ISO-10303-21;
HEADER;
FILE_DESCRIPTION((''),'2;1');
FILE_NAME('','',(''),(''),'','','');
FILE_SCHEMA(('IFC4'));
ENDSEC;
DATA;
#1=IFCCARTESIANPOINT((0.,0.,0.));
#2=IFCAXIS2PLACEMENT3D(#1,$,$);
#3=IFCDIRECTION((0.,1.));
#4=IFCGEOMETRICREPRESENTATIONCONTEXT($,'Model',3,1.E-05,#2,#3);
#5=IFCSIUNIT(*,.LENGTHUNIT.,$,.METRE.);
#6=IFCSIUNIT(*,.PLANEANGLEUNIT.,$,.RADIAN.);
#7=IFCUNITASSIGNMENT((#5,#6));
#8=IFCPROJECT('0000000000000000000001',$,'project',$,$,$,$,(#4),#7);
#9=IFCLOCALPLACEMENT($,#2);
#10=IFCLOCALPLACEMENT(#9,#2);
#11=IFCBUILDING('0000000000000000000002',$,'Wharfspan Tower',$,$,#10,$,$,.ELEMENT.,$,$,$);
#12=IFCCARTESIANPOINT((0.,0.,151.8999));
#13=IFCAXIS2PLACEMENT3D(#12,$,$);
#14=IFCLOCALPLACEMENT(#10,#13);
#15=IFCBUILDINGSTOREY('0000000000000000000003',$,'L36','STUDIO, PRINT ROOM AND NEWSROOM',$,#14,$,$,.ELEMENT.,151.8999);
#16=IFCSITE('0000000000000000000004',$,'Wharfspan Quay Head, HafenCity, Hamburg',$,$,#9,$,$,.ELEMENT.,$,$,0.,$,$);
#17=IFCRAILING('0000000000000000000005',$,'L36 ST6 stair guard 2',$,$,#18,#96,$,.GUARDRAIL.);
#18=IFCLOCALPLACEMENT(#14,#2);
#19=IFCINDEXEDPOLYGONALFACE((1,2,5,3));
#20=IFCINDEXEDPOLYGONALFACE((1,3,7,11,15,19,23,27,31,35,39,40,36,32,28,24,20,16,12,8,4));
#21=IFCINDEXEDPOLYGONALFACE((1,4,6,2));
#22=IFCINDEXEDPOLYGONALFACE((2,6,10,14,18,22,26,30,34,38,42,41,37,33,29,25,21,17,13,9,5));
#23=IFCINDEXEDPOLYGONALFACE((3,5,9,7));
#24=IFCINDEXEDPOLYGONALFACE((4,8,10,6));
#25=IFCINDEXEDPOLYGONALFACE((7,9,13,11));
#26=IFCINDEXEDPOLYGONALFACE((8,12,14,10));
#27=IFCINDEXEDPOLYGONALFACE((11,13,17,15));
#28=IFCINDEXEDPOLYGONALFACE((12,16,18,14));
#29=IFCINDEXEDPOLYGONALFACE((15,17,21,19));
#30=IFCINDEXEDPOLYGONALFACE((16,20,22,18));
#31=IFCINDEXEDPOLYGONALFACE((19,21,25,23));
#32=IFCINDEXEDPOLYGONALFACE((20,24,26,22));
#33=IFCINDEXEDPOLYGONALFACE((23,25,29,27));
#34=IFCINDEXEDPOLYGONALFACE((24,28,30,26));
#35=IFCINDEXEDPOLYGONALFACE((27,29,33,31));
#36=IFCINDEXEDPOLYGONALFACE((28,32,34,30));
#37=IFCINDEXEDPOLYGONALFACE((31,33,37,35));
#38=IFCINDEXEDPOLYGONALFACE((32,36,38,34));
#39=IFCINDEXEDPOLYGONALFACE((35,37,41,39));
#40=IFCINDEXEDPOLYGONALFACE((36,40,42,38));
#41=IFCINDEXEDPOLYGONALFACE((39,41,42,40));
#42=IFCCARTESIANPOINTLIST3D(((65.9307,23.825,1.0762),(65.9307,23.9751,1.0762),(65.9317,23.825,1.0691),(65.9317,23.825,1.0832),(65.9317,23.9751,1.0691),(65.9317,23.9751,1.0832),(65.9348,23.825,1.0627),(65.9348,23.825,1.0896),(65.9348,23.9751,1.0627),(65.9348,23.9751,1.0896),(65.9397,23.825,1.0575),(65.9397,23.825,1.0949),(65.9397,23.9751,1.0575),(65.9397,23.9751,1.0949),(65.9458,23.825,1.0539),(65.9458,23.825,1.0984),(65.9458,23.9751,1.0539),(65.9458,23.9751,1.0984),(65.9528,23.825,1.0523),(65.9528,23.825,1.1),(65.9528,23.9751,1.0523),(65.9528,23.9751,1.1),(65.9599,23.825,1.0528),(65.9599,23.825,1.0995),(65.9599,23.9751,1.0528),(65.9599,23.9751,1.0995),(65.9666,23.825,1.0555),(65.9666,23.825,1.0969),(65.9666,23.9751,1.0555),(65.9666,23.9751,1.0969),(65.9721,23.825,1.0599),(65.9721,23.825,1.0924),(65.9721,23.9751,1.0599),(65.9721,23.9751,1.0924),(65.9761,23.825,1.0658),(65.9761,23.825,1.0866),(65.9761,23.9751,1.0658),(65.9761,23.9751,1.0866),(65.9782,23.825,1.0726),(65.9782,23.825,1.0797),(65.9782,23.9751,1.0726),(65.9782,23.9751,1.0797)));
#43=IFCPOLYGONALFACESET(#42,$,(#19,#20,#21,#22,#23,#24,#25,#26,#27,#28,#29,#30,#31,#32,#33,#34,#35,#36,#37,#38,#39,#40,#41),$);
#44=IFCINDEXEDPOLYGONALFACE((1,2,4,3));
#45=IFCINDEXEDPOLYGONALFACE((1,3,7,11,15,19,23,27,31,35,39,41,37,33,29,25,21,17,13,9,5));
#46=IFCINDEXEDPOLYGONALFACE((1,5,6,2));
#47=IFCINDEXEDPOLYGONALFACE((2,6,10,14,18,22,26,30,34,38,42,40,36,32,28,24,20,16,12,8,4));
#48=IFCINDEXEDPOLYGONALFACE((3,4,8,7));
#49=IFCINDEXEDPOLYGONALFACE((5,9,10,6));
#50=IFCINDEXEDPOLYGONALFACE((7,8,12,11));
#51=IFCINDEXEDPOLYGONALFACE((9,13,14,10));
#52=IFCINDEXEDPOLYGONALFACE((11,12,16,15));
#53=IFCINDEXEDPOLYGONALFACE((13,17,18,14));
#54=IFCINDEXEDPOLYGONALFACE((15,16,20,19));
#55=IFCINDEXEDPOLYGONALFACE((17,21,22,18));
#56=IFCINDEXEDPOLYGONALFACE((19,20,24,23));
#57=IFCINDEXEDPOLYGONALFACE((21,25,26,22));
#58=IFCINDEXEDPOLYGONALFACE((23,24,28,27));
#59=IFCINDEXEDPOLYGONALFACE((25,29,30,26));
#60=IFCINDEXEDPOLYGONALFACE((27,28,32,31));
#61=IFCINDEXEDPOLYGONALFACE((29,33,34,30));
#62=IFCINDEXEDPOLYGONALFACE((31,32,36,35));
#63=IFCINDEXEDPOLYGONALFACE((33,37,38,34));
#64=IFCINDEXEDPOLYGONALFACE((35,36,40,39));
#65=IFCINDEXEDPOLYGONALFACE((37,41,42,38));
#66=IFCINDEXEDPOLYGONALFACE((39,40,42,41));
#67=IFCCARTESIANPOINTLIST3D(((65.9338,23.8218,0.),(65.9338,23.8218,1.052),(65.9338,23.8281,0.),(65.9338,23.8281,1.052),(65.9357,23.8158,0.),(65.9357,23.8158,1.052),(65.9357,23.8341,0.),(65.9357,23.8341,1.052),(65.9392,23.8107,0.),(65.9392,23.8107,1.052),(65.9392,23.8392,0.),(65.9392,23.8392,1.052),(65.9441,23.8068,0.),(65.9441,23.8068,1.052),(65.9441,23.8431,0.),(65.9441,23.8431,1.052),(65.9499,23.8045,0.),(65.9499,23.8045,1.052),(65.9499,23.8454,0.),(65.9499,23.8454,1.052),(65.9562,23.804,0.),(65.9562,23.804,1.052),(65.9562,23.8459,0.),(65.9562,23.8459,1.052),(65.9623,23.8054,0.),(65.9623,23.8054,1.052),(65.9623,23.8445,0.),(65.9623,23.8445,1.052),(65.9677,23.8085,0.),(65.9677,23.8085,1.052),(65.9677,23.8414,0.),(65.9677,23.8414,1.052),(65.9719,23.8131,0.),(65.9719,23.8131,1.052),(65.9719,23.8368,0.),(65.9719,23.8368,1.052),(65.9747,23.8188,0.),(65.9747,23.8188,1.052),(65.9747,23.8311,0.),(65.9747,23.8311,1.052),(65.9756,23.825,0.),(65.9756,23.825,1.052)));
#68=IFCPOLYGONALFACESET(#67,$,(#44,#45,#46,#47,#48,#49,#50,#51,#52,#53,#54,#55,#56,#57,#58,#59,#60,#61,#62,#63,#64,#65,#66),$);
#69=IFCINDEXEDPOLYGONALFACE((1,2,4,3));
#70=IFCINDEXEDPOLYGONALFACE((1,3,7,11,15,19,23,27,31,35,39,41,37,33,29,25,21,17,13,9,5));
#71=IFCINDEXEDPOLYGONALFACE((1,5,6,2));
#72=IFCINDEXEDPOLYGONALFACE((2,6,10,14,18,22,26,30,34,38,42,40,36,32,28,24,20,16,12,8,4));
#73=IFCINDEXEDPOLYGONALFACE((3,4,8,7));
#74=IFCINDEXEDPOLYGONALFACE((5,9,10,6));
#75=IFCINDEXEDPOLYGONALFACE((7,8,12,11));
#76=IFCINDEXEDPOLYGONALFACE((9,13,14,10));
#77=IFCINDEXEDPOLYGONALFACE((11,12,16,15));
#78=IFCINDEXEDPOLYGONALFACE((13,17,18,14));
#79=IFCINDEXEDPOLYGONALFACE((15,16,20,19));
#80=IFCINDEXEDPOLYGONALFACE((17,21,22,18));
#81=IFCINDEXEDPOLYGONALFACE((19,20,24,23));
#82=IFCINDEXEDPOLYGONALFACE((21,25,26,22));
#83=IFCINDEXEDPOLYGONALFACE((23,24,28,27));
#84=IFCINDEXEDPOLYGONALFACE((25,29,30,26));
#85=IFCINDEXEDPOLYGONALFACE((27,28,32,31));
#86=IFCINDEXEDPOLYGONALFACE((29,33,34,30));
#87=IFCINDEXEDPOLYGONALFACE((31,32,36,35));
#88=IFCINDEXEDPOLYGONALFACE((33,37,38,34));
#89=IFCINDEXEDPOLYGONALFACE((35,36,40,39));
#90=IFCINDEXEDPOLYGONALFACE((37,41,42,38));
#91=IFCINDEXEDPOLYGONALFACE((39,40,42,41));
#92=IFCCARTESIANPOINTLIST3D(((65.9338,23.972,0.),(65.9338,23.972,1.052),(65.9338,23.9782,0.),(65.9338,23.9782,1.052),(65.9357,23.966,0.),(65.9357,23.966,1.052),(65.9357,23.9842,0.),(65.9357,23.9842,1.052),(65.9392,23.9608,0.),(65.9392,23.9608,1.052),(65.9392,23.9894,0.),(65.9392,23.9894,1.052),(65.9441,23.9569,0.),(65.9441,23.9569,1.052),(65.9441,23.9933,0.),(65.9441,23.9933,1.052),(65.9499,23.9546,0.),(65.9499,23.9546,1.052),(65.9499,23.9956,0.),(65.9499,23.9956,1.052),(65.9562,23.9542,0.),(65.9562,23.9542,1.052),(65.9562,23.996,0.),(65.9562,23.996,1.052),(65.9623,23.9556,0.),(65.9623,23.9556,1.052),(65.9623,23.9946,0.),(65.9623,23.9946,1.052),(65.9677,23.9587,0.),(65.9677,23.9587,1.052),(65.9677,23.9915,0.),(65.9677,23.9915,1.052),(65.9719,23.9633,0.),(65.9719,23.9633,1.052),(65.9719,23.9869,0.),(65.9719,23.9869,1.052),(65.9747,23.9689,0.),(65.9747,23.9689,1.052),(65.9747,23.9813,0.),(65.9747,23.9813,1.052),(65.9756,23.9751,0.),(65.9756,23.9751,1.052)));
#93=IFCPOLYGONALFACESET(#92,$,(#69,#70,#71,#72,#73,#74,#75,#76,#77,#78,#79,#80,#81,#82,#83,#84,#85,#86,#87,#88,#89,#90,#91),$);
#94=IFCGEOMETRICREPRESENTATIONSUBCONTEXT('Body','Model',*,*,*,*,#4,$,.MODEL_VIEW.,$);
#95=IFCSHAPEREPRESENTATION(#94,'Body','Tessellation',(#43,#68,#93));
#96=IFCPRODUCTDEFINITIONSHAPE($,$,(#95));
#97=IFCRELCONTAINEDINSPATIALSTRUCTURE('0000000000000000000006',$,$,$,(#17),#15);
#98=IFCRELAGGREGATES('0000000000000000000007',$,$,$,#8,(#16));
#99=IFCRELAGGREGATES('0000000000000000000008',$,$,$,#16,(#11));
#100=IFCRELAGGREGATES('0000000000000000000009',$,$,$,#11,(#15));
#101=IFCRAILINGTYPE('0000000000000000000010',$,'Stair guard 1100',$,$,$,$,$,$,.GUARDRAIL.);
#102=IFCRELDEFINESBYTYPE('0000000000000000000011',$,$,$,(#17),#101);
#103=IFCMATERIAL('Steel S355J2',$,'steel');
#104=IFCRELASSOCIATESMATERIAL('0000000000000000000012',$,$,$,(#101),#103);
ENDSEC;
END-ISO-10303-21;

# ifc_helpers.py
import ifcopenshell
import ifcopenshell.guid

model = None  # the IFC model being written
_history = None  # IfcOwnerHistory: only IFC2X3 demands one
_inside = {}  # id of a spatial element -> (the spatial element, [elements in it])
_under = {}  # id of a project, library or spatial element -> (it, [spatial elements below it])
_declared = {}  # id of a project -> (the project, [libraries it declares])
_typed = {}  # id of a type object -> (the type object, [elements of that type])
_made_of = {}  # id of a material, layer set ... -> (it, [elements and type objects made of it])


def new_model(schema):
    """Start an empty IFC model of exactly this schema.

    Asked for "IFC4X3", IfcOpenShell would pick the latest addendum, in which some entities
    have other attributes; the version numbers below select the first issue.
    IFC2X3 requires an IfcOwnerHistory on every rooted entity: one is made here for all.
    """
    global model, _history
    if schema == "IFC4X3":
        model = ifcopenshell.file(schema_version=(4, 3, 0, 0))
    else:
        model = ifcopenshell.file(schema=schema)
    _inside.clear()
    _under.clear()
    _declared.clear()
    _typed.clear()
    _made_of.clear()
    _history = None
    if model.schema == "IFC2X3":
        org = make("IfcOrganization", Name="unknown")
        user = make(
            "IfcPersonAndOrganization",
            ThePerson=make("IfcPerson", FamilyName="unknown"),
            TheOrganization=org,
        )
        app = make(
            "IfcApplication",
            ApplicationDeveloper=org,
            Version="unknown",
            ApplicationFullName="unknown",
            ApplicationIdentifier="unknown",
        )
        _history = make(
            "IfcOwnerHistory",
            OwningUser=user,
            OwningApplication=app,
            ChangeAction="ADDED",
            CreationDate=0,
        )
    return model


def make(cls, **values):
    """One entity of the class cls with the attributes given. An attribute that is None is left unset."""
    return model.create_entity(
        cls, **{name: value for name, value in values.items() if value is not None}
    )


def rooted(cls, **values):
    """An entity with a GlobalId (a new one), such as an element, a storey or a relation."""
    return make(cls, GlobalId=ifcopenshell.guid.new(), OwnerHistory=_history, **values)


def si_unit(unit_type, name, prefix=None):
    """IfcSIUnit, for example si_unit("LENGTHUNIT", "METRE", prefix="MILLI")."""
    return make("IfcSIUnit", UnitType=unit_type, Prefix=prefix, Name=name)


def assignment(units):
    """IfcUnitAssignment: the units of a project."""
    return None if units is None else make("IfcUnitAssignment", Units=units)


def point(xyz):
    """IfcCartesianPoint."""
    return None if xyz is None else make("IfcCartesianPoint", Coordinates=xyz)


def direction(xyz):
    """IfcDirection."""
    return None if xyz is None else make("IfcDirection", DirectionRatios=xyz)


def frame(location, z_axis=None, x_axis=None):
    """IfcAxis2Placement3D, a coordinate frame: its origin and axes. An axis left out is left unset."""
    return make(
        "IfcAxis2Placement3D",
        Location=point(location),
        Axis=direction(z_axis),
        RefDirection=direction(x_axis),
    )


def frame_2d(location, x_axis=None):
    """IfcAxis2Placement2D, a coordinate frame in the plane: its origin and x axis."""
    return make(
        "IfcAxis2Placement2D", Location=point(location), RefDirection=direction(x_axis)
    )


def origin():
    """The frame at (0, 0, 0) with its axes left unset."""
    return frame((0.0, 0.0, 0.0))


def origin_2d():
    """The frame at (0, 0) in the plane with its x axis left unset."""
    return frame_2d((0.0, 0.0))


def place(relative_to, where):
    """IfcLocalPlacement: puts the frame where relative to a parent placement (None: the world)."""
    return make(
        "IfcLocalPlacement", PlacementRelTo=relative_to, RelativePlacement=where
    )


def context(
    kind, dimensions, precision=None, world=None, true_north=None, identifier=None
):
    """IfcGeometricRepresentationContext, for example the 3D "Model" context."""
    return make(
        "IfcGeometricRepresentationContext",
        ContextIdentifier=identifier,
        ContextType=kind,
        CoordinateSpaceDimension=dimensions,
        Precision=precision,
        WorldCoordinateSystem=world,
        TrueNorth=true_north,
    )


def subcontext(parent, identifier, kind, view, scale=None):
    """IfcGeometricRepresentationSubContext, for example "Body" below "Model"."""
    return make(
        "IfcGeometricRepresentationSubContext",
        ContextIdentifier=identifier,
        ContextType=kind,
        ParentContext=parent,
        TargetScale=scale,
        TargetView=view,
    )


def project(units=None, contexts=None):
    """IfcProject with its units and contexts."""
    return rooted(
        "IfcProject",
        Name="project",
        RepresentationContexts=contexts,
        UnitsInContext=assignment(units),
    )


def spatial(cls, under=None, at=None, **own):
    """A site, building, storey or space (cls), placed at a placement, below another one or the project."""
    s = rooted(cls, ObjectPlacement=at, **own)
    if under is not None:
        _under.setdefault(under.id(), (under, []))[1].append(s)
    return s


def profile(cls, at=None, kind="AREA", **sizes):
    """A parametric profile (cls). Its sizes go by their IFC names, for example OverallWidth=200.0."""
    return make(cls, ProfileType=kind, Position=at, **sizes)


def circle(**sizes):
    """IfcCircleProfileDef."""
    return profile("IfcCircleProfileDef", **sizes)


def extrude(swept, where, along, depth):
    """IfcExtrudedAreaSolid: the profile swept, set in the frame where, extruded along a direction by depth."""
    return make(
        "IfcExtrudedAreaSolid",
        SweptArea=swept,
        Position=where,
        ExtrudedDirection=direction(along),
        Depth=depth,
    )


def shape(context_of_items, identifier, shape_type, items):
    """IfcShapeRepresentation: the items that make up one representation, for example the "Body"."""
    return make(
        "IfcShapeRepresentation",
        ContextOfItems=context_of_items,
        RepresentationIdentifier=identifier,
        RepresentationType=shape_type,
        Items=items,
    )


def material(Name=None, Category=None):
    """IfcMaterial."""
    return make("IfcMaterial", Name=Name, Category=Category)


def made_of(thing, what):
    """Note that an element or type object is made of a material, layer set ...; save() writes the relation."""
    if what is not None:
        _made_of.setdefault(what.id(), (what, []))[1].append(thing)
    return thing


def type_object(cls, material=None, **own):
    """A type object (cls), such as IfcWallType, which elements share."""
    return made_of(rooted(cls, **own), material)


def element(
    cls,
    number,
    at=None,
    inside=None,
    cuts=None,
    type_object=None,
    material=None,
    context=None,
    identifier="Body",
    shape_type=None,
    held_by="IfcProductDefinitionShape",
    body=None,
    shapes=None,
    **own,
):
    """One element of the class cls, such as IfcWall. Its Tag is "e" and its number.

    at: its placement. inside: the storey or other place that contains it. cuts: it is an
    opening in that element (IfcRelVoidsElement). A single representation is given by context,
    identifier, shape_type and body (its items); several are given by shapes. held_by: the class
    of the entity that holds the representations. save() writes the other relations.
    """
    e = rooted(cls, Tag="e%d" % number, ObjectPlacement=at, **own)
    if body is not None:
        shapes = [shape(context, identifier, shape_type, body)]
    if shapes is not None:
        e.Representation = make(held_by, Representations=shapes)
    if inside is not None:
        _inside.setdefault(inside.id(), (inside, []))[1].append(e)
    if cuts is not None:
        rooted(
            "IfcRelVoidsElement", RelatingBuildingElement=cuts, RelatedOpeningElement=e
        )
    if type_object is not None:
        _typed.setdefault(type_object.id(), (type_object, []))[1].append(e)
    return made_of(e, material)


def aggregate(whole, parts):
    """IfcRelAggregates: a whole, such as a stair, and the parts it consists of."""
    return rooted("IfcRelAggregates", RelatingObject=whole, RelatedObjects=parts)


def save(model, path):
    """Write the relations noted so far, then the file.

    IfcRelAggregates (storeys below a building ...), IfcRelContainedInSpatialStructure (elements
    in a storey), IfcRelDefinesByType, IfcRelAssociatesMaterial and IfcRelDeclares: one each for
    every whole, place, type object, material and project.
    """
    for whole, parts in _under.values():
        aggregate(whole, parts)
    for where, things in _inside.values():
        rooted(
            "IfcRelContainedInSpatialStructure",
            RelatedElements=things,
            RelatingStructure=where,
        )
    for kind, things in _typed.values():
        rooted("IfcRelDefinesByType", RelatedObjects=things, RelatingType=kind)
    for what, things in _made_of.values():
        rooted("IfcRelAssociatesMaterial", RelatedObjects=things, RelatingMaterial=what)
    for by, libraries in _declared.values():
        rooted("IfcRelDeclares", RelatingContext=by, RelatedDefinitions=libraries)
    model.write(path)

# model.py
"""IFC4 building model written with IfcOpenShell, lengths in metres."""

from ifc_helpers import new_model, si_unit, direction, frame, origin, origin_2d, place, context, subcontext, project, spatial, circle, extrude, material, type_object, element, save


model = new_model("IFC4")

# Units and contexts
model_context = context("Model", 3, precision=1e-05, world=origin(), true_north=direction((0.0, 1.0)))
body_context = subcontext(model_context, "Body", "Model", "MODEL_VIEW")
ifc_project = project(units=[si_unit("LENGTHUNIT", "METRE"), si_unit("PLANEANGLEUNIT", "RADIAN")], contexts=[model_context])

# Site, building, storey
site_placement = place(None, origin())
site = spatial("IfcSite", under=ifc_project, at=site_placement, Name="Wharfspan Quay Head, HafenCity, Hamburg", CompositionType="ELEMENT", RefElevation=0.0)
building_placement = place(site_placement, origin())
building = spatial("IfcBuilding", under=site, at=building_placement, Name="Wharfspan Tower", CompositionType="ELEMENT")
storey_placement = place(building_placement, frame((0.0, 0.0, 151.8999)))
storey = spatial("IfcBuildingStorey", under=building, at=storey_placement, Name="L36", Description="STUDIO, PRINT ROOM AND NEWSROOM", CompositionType="ELEMENT", Elevation=151.8999)

# Shared definitions
ifc_material_1 = material(Name="Steel S355J2", Category="steel")

# Railing
railing_type_1 = type_object("IfcRailingType", Name="Stair guard 1100", PredefinedType="GUARDRAIL", material=ifc_material_1)
railing_1_placement = place(storey_placement, frame((65.9546, 23.825, 0.0)))
element("IfcRailing", 1, at=railing_1_placement, inside=storey, type_object=railing_type_1, Name="L36 ST6 stair guard 2", PredefinedType="GUARDRAIL", context=body_context, shape_type="SweptSolid", body=[
    extrude(circle(Radius=0.0239, at=origin_2d()), frame((0.0, 0.0, 1.0762), z_axis=(0.0, 1.0, 0.0), x_axis=(-1.0, 0.0, 0.0)), (0.0, 0.0, 1.0), 0.1501),
    extrude(circle(Radius=0.021, at=origin_2d()), origin(), (0.0, 0.0, 1.0), 1.052),
    extrude(circle(Radius=0.021, at=origin_2d()), frame((0.0, 0.1501, 0.0)), (0.0, 0.0, 1.0), 1.052),
])

save(model, "model.ifc")
